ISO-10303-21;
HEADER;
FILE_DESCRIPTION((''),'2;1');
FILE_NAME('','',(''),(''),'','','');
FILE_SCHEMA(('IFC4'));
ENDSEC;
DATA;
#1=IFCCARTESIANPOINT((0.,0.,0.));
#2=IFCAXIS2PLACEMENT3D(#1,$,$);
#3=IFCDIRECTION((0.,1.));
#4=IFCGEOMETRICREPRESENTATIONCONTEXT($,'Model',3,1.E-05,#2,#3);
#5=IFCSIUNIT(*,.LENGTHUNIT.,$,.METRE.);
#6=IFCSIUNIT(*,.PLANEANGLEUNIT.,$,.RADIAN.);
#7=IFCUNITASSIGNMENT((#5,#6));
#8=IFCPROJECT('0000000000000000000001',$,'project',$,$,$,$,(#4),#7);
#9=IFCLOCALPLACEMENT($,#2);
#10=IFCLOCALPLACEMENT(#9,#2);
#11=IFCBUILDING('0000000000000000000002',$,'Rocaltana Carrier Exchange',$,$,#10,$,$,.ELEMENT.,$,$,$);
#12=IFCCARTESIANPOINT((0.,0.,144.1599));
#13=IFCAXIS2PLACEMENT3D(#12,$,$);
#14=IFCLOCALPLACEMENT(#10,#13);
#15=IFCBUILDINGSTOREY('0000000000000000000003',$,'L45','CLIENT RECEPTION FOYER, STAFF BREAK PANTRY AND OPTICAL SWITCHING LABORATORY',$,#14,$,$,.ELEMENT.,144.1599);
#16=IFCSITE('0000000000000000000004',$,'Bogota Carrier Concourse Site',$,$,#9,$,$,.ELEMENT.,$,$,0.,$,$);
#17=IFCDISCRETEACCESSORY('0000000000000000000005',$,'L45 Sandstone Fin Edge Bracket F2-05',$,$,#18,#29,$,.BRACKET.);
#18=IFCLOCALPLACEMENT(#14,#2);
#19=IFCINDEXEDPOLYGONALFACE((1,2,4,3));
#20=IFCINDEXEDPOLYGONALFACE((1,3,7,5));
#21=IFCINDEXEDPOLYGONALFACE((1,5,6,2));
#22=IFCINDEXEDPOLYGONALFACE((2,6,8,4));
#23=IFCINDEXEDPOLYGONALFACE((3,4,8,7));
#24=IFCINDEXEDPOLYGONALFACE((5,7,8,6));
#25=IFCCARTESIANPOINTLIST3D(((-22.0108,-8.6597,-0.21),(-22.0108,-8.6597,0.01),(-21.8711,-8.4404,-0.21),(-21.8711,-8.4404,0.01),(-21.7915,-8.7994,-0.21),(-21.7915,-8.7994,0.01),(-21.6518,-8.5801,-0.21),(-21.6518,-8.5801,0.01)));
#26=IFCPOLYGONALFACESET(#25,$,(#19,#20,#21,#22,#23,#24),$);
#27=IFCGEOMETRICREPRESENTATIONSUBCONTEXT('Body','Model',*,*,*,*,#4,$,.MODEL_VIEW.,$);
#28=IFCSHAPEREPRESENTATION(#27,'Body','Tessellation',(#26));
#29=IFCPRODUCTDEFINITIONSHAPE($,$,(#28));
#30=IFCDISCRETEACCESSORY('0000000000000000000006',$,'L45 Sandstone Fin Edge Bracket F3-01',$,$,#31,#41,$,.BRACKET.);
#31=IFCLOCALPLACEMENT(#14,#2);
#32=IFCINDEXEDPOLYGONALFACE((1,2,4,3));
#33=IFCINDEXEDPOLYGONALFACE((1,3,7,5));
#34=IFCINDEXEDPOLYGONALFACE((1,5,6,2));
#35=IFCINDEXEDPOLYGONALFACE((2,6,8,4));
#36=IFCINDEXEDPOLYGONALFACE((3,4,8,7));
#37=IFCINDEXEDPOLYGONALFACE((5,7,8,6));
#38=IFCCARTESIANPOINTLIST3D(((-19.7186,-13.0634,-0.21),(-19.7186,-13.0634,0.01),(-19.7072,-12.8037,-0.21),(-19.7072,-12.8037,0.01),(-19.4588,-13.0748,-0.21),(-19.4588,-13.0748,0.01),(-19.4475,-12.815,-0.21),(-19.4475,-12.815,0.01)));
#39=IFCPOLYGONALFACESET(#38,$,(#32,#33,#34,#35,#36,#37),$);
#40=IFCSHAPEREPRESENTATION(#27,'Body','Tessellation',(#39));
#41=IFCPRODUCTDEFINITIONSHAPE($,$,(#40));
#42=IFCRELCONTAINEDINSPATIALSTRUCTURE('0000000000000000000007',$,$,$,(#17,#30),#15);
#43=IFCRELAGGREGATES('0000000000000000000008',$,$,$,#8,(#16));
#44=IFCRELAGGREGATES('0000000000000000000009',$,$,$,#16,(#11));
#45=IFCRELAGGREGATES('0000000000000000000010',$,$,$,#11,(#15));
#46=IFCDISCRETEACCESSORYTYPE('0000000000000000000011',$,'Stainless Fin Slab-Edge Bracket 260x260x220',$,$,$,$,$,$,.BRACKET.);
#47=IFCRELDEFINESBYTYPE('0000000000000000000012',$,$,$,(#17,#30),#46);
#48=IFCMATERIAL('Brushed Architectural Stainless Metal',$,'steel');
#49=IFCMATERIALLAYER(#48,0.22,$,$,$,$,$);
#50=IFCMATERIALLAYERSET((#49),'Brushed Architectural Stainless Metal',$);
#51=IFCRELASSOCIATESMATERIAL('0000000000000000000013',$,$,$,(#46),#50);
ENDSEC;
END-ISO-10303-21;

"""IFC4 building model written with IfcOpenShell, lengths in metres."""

from ifc_helpers import new_model, si_unit, direction, frame, origin, origin_2d, place, context, subcontext, project, spatial, rectangle, extrude, material, layer, layer_set, type_object, element, save


model = new_model("IFC4")

# Units and contexts
model_context = context("Model", 3, precision=1e-05, world=origin(), true_north=direction((0.0, 1.0)))
body_context = subcontext(model_context, "Body", "Model", "MODEL_VIEW")
ifc_project = project(units=[si_unit("LENGTHUNIT", "METRE"), si_unit("PLANEANGLEUNIT", "RADIAN")], contexts=[model_context])

# Site, building, storey
site_placement = place(None, origin())
site = spatial("IfcSite", under=ifc_project, at=site_placement, Name="Bogota Carrier Concourse Site", CompositionType="ELEMENT", RefElevation=0.0)
building_placement = place(site_placement, origin())
building = spatial("IfcBuilding", under=site, at=building_placement, Name="Rocaltana Carrier Exchange", CompositionType="ELEMENT")
storey_placement = place(building_placement, frame((0.0, 0.0, 144.1599)))
storey = spatial("IfcBuildingStorey", under=building, at=storey_placement, Name="L45", Description="CLIENT RECEPTION FOYER, STAFF BREAK PANTRY AND OPTICAL SWITCHING LABORATORY", CompositionType="ELEMENT", Elevation=144.1599)

# Discrete accessories
ifc_material_1 = material(Name="Brushed Architectural Stainless Metal", Category="steel")
ifc_layer_1 = layer(ifc_material_1, 0.22)
ifc_layer_set_1 = layer_set([ifc_layer_1], Name="Brushed Architectural Stainless Metal")
discrete_accessory_type = type_object("IfcDiscreteAccessoryType", Name="Stainless Fin Slab-Edge Bracket 260x260x220", PredefinedType="BRACKET", material=ifc_layer_set_1)
for number, where, z_axis, x_axis, name in (
    (1, (-21.8313, -8.6199, -0.21), (0.0, 0.0, 1.0), (-0.5373, -0.843391, 0.0), "L45 Sandstone Fin Edge Bracket F2-05"),
    (2, (-19.583, -12.9392, -0.21), (0.0, 0.0, 1.0), (0.999048, -0.043619, 0.0), "L45 Sandstone Fin Edge Bracket F3-01"),
):
    element("IfcDiscreteAccessory", number, at=place(storey_placement, frame(where, z_axis=z_axis, x_axis=x_axis)), inside=storey, type_object=discrete_accessory_type, Name=name, PredefinedType="BRACKET", context=body_context, shape_type="SweptSolid", body=[
        extrude(rectangle(XDim=0.26, YDim=0.26, at=origin_2d()), origin(), (0.0, 0.0, 1.0), 0.22),
    ])

save(model, "model.ifc")
